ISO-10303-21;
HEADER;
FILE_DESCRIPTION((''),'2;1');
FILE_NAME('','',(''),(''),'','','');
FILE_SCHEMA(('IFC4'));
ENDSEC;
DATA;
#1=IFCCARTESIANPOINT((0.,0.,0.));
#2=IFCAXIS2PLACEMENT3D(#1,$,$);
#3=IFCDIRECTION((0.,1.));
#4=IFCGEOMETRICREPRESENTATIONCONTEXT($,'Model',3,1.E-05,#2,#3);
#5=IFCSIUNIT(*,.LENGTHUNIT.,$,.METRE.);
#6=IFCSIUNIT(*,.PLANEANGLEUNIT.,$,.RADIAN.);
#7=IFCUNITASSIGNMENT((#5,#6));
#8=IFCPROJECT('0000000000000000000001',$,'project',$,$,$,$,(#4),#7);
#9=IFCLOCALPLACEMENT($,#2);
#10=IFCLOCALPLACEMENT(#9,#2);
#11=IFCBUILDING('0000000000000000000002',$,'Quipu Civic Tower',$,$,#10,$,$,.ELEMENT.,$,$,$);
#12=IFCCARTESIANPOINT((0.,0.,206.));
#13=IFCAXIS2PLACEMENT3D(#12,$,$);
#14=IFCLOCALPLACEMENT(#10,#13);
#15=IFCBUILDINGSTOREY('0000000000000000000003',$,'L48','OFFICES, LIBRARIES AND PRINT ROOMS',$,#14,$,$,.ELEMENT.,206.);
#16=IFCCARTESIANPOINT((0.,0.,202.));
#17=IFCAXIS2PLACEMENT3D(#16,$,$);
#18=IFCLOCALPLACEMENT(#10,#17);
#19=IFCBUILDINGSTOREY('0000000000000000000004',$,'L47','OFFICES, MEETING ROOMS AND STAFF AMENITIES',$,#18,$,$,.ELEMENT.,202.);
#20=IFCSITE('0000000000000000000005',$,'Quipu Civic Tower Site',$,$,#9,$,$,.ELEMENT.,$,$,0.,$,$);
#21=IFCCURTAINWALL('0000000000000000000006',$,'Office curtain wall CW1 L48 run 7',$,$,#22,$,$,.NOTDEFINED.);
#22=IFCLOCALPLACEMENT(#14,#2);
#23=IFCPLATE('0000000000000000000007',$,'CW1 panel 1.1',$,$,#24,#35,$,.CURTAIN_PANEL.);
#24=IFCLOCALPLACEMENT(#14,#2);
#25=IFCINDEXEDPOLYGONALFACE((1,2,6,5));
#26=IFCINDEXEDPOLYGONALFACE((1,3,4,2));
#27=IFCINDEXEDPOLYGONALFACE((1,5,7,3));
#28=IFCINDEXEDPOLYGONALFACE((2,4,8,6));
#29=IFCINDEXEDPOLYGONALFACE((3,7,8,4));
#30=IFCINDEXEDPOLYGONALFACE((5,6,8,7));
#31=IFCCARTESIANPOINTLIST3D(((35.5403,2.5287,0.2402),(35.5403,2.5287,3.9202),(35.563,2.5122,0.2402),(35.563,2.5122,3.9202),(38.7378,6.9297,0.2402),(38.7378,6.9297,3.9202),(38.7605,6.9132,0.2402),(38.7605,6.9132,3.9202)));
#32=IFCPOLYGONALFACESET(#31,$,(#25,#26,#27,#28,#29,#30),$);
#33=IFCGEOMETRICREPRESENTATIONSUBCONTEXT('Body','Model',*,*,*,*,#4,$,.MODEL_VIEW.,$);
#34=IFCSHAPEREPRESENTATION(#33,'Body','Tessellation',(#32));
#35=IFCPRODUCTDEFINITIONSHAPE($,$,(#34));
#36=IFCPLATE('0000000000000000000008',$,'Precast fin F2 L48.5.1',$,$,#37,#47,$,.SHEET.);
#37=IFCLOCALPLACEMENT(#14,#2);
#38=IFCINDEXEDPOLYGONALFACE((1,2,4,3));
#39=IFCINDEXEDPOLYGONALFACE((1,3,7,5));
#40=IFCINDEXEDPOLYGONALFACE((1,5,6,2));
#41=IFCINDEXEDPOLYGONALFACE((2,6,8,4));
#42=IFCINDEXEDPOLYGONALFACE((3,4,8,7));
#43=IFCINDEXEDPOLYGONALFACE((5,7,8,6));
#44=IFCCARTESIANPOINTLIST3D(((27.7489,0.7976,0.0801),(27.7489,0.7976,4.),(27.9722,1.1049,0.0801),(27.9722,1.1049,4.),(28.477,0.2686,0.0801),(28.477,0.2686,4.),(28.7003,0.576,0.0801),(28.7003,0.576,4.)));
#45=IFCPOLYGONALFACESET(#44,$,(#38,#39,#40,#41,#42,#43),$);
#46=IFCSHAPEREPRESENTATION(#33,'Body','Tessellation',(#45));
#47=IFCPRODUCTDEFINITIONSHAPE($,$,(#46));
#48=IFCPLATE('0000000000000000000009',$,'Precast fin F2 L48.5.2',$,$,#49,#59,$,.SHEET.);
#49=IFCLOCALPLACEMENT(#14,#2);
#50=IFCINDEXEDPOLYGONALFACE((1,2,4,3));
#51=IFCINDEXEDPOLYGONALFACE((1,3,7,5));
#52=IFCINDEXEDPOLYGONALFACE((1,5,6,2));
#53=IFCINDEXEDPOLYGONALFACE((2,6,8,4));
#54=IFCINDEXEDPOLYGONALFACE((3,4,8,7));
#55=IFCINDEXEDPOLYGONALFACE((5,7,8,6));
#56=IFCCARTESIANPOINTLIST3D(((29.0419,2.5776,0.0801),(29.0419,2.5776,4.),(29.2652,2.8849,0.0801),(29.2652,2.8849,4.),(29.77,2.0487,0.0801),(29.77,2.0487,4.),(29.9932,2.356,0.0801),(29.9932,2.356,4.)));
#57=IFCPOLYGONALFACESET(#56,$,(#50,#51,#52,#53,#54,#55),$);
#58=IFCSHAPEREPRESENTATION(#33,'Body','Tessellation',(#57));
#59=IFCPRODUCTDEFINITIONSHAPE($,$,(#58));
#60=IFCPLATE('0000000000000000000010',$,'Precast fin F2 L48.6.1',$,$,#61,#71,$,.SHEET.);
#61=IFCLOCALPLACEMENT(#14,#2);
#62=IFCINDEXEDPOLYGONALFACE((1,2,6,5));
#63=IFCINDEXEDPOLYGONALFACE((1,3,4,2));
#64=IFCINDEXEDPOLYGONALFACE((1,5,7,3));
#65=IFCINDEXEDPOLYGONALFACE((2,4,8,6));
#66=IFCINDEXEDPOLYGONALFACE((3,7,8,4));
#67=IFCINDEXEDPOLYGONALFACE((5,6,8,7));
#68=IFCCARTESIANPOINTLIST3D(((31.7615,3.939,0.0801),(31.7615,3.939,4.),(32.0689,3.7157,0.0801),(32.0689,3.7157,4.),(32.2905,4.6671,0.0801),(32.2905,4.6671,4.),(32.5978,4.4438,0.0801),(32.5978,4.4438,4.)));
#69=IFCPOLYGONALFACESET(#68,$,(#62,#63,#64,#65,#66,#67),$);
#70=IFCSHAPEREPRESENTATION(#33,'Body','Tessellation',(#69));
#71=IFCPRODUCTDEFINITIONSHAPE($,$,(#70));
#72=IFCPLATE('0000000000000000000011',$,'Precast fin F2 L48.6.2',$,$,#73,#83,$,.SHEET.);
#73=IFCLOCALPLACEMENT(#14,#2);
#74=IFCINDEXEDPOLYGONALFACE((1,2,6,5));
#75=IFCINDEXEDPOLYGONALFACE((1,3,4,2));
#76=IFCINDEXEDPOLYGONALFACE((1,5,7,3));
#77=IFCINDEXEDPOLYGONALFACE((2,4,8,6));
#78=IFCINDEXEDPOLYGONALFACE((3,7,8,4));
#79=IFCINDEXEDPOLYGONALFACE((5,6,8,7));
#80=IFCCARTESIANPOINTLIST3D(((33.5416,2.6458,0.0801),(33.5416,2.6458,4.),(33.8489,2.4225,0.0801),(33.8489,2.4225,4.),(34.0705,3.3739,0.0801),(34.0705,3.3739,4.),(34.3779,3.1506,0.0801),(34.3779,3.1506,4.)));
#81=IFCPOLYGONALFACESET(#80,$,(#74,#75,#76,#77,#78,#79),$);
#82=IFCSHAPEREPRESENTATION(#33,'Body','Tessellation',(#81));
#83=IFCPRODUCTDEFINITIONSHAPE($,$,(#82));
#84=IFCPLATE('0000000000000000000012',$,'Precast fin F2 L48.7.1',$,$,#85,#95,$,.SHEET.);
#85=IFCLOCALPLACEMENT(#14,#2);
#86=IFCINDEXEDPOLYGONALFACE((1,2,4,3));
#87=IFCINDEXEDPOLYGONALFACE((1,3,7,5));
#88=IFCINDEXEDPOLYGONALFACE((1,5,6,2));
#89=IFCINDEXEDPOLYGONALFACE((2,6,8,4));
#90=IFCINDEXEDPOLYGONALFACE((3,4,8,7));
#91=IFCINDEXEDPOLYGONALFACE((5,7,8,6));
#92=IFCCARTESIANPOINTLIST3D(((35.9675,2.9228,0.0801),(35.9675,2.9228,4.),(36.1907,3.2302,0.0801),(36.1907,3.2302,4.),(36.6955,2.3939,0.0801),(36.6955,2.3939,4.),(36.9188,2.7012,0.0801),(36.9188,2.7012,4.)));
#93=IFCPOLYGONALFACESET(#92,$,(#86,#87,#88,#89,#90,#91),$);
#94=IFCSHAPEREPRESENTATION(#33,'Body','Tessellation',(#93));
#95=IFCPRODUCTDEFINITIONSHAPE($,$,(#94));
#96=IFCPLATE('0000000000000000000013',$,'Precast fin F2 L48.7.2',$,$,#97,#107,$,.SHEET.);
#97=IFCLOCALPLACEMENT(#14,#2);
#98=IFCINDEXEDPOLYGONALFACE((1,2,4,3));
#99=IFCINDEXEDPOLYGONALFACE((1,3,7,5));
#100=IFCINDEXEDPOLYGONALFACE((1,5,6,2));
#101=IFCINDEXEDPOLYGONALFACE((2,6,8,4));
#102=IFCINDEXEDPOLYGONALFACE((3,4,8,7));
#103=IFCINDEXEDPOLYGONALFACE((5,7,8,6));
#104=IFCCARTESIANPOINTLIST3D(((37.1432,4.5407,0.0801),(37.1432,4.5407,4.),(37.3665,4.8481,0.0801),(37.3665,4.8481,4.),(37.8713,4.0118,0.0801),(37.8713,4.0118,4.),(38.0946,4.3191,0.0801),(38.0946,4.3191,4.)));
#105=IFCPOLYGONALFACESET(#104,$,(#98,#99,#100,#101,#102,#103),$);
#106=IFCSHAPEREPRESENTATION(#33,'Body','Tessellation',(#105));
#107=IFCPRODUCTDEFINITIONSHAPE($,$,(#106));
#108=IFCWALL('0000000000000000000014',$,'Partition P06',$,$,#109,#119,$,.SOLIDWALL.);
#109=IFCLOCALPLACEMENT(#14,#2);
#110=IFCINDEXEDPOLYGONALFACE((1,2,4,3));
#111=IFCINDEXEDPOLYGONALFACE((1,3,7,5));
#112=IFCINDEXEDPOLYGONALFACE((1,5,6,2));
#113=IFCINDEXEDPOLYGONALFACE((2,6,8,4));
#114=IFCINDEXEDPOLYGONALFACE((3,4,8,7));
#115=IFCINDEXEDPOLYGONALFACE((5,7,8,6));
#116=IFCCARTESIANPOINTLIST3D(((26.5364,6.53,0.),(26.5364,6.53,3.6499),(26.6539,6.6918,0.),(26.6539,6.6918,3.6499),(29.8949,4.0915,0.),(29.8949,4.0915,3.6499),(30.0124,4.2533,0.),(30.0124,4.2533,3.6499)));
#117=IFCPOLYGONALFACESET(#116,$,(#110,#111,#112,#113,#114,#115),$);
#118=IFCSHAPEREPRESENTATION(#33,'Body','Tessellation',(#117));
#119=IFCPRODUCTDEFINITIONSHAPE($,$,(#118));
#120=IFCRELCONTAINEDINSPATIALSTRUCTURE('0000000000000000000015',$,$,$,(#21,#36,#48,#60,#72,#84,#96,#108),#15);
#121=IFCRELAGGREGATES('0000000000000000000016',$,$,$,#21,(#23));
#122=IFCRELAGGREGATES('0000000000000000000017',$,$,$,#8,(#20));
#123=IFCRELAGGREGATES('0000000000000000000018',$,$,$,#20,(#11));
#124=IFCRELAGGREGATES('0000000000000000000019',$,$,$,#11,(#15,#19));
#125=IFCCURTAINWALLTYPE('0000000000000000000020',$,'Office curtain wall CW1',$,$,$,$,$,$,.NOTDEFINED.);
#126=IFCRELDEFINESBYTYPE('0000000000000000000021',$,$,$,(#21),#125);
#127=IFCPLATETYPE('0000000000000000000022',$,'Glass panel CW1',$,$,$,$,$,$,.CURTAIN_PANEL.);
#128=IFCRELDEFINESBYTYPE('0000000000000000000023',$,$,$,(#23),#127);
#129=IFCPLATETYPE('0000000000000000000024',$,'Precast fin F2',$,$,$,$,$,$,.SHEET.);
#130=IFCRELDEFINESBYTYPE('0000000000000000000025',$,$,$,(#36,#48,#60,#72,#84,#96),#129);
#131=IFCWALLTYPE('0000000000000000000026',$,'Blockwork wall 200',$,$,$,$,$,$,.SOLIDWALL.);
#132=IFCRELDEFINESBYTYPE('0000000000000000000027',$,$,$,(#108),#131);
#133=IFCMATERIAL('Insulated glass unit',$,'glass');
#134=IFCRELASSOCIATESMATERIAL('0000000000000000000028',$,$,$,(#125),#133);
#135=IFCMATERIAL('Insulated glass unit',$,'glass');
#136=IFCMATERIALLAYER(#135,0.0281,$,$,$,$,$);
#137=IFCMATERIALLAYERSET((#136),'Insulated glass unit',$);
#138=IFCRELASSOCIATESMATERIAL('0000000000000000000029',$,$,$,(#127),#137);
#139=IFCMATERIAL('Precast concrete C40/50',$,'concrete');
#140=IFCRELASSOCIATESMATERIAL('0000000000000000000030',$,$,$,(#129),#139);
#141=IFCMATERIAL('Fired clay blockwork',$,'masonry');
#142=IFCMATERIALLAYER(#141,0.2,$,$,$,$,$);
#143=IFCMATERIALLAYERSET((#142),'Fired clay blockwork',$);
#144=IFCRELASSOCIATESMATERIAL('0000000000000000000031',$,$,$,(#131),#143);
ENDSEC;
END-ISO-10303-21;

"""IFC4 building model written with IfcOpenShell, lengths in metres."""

from ifc_helpers import new_model, si_unit, direction, frame, frame_2d, origin, origin_2d, place, context, subcontext, project, spatial, rectangle, extrude, material, layer, layer_set, type_object, element, aggregate, save


model = new_model("IFC4")

# Units and contexts
model_context = context("Model", 3, precision=1e-05, world=origin(), true_north=direction((0.0, 1.0)))
body_context = subcontext(model_context, "Body", "Model", "MODEL_VIEW")
ifc_project = project(units=[si_unit("LENGTHUNIT", "METRE"), si_unit("PLANEANGLEUNIT", "RADIAN")], contexts=[model_context])

# Site, building, storey
site_placement = place(None, origin())
site = spatial("IfcSite", under=ifc_project, at=site_placement, Name="Quipu Civic Tower Site", CompositionType="ELEMENT", RefElevation=0.0)
building_placement = place(site_placement, origin())
building = spatial("IfcBuilding", under=site, at=building_placement, Name="Quipu Civic Tower", CompositionType="ELEMENT")
storey_1_placement = place(building_placement, frame((0.0, 0.0, 206.0)))
storey_1 = spatial("IfcBuildingStorey", under=building, at=storey_1_placement, Name="L48", Description="OFFICES, LIBRARIES AND PRINT ROOMS", CompositionType="ELEMENT", Elevation=206.0)

# Curtain wall
ifc_material_1 = material(Name="Insulated glass unit", Category="glass")
curtain_wall_type = type_object("IfcCurtainWallType", Name="Office curtain wall CW1", PredefinedType="NOTDEFINED", material=ifc_material_1)
curtain_wall_1_placement = place(storey_1_placement, origin())
curtain_wall_1 = element("IfcCurtainWall", 1, at=curtain_wall_1_placement, inside=storey_1, type_object=curtain_wall_type, Name="Office curtain wall CW1 L48 run 7", PredefinedType="NOTDEFINED")

# Shared definitions
storey_2_placement = place(building_placement, frame((0.0, 0.0, 202.0)))
storey_2 = spatial("IfcBuildingStorey", under=building, at=storey_2_placement, Name="L47", Description="OFFICES, MEETING ROOMS AND STAFF AMENITIES", CompositionType="ELEMENT", Elevation=202.0)

# Shared definitions
ifc_material_2 = material(Name="Insulated glass unit", Category="glass")
ifc_layer_1 = layer(ifc_material_2, 0.0281)
ifc_layer_set_1 = layer_set([ifc_layer_1], Name="Insulated glass unit")
plate_type_1 = type_object("IfcPlateType", Name="Glass panel CW1", PredefinedType="CURTAIN_PANEL", material=ifc_layer_set_1)

# Plate
plate_1_placement = place(storey_1_placement, frame((37.1504, 4.7209, 0.2402), z_axis=(0.0, 0.0, 1.0), x_axis=(0.587794, 0.809011, 0.0)))
plate_1 = element("IfcPlate", 2, at=plate_1_placement, type_object=plate_type_1, Name="CW1 panel 1.1", PredefinedType="CURTAIN_PANEL", context=body_context, shape_type="SweptSolid", body=[
    extrude(rectangle(XDim=5.4399, YDim=0.0281, at=origin_2d()), origin(), (0.0, 0.0, 1.0), 3.6799),
])
aggregate(curtain_wall_1, [plate_1])

# Plates
ifc_material_3 = material(Name="Precast concrete C40/50", Category="concrete")
plate_type_2 = type_object("IfcPlateType", Name="Precast fin F2", PredefinedType="SHEET", material=ifc_material_3)
for number, where, z_axis, x_axis, name in (
    (3, (28.2246, 0.6868, 0.0801), (0.0, 0.0, 1.0), (0.587784, 0.809018, 0.0), "Precast fin F2 L48.5.1"),
    (4, (29.5176, 2.4668, 0.0801), (0.0, 0.0, 1.0), (0.587784, 0.809018, 0.0), "Precast fin F2 L48.5.2"),
    (5, (32.1797, 4.1914, 0.0801), (0.0, 0.0, 1.0), (0.809021, -0.58778, 0.0), "Precast fin F2 L48.6.1"),
    (6, (33.9597, 2.8982, 0.0801), (0.0, 0.0, 1.0), (0.809021, -0.58778, 0.0), "Precast fin F2 L48.6.2"),
    (7, (36.4431, 2.812, 0.0801), (0.0, 0.0, 1.0), (0.587788, 0.809015, 0.0), "Precast fin F2 L48.7.1"),
    (8, (37.6189, 4.4299, 0.0801), (0.0, 0.0, 1.0), (0.587788, 0.809015, 0.0), "Precast fin F2 L48.7.2"),
):
    element("IfcPlate", number, at=place(storey_1_placement, frame(where, z_axis=z_axis, x_axis=x_axis)), inside=storey_1, type_object=plate_type_2, Name=name, PredefinedType="SHEET", context=body_context, shape_type="SweptSolid", body=[
        extrude(rectangle(XDim=0.3799, YDim=0.8999, at=origin_2d()), origin(), (0.0, 0.0, 1.0), 3.9199),
    ])

# Wall
ifc_material_4 = material(Name="Fired clay blockwork", Category="masonry")
ifc_layer_2 = layer(ifc_material_4, 0.2)
ifc_layer_set_2 = layer_set([ifc_layer_2], Name="Fired clay blockwork")
wall_type = type_object("IfcWallType", Name="Blockwork wall 200", PredefinedType="SOLIDWALL", material=ifc_layer_set_2)
wall_placement = place(storey_1_placement, frame((29.9536, 4.1724, 0.0), z_axis=(0.0, 0.0, 1.0), x_axis=(-0.809194, 0.587542, 0.0)))
element("IfcWall", 9, at=wall_placement, inside=storey_1, type_object=wall_type, Name="Partition P06", PredefinedType="SOLIDWALL", context=body_context, shape_type="SweptSolid", body=[
    extrude(rectangle(XDim=4.1504, YDim=0.2, at=frame_2d((2.0752, 0.0))), origin(), (0.0, 0.0, 1.0), 3.6499),
])

save(model, "model.ifc")
